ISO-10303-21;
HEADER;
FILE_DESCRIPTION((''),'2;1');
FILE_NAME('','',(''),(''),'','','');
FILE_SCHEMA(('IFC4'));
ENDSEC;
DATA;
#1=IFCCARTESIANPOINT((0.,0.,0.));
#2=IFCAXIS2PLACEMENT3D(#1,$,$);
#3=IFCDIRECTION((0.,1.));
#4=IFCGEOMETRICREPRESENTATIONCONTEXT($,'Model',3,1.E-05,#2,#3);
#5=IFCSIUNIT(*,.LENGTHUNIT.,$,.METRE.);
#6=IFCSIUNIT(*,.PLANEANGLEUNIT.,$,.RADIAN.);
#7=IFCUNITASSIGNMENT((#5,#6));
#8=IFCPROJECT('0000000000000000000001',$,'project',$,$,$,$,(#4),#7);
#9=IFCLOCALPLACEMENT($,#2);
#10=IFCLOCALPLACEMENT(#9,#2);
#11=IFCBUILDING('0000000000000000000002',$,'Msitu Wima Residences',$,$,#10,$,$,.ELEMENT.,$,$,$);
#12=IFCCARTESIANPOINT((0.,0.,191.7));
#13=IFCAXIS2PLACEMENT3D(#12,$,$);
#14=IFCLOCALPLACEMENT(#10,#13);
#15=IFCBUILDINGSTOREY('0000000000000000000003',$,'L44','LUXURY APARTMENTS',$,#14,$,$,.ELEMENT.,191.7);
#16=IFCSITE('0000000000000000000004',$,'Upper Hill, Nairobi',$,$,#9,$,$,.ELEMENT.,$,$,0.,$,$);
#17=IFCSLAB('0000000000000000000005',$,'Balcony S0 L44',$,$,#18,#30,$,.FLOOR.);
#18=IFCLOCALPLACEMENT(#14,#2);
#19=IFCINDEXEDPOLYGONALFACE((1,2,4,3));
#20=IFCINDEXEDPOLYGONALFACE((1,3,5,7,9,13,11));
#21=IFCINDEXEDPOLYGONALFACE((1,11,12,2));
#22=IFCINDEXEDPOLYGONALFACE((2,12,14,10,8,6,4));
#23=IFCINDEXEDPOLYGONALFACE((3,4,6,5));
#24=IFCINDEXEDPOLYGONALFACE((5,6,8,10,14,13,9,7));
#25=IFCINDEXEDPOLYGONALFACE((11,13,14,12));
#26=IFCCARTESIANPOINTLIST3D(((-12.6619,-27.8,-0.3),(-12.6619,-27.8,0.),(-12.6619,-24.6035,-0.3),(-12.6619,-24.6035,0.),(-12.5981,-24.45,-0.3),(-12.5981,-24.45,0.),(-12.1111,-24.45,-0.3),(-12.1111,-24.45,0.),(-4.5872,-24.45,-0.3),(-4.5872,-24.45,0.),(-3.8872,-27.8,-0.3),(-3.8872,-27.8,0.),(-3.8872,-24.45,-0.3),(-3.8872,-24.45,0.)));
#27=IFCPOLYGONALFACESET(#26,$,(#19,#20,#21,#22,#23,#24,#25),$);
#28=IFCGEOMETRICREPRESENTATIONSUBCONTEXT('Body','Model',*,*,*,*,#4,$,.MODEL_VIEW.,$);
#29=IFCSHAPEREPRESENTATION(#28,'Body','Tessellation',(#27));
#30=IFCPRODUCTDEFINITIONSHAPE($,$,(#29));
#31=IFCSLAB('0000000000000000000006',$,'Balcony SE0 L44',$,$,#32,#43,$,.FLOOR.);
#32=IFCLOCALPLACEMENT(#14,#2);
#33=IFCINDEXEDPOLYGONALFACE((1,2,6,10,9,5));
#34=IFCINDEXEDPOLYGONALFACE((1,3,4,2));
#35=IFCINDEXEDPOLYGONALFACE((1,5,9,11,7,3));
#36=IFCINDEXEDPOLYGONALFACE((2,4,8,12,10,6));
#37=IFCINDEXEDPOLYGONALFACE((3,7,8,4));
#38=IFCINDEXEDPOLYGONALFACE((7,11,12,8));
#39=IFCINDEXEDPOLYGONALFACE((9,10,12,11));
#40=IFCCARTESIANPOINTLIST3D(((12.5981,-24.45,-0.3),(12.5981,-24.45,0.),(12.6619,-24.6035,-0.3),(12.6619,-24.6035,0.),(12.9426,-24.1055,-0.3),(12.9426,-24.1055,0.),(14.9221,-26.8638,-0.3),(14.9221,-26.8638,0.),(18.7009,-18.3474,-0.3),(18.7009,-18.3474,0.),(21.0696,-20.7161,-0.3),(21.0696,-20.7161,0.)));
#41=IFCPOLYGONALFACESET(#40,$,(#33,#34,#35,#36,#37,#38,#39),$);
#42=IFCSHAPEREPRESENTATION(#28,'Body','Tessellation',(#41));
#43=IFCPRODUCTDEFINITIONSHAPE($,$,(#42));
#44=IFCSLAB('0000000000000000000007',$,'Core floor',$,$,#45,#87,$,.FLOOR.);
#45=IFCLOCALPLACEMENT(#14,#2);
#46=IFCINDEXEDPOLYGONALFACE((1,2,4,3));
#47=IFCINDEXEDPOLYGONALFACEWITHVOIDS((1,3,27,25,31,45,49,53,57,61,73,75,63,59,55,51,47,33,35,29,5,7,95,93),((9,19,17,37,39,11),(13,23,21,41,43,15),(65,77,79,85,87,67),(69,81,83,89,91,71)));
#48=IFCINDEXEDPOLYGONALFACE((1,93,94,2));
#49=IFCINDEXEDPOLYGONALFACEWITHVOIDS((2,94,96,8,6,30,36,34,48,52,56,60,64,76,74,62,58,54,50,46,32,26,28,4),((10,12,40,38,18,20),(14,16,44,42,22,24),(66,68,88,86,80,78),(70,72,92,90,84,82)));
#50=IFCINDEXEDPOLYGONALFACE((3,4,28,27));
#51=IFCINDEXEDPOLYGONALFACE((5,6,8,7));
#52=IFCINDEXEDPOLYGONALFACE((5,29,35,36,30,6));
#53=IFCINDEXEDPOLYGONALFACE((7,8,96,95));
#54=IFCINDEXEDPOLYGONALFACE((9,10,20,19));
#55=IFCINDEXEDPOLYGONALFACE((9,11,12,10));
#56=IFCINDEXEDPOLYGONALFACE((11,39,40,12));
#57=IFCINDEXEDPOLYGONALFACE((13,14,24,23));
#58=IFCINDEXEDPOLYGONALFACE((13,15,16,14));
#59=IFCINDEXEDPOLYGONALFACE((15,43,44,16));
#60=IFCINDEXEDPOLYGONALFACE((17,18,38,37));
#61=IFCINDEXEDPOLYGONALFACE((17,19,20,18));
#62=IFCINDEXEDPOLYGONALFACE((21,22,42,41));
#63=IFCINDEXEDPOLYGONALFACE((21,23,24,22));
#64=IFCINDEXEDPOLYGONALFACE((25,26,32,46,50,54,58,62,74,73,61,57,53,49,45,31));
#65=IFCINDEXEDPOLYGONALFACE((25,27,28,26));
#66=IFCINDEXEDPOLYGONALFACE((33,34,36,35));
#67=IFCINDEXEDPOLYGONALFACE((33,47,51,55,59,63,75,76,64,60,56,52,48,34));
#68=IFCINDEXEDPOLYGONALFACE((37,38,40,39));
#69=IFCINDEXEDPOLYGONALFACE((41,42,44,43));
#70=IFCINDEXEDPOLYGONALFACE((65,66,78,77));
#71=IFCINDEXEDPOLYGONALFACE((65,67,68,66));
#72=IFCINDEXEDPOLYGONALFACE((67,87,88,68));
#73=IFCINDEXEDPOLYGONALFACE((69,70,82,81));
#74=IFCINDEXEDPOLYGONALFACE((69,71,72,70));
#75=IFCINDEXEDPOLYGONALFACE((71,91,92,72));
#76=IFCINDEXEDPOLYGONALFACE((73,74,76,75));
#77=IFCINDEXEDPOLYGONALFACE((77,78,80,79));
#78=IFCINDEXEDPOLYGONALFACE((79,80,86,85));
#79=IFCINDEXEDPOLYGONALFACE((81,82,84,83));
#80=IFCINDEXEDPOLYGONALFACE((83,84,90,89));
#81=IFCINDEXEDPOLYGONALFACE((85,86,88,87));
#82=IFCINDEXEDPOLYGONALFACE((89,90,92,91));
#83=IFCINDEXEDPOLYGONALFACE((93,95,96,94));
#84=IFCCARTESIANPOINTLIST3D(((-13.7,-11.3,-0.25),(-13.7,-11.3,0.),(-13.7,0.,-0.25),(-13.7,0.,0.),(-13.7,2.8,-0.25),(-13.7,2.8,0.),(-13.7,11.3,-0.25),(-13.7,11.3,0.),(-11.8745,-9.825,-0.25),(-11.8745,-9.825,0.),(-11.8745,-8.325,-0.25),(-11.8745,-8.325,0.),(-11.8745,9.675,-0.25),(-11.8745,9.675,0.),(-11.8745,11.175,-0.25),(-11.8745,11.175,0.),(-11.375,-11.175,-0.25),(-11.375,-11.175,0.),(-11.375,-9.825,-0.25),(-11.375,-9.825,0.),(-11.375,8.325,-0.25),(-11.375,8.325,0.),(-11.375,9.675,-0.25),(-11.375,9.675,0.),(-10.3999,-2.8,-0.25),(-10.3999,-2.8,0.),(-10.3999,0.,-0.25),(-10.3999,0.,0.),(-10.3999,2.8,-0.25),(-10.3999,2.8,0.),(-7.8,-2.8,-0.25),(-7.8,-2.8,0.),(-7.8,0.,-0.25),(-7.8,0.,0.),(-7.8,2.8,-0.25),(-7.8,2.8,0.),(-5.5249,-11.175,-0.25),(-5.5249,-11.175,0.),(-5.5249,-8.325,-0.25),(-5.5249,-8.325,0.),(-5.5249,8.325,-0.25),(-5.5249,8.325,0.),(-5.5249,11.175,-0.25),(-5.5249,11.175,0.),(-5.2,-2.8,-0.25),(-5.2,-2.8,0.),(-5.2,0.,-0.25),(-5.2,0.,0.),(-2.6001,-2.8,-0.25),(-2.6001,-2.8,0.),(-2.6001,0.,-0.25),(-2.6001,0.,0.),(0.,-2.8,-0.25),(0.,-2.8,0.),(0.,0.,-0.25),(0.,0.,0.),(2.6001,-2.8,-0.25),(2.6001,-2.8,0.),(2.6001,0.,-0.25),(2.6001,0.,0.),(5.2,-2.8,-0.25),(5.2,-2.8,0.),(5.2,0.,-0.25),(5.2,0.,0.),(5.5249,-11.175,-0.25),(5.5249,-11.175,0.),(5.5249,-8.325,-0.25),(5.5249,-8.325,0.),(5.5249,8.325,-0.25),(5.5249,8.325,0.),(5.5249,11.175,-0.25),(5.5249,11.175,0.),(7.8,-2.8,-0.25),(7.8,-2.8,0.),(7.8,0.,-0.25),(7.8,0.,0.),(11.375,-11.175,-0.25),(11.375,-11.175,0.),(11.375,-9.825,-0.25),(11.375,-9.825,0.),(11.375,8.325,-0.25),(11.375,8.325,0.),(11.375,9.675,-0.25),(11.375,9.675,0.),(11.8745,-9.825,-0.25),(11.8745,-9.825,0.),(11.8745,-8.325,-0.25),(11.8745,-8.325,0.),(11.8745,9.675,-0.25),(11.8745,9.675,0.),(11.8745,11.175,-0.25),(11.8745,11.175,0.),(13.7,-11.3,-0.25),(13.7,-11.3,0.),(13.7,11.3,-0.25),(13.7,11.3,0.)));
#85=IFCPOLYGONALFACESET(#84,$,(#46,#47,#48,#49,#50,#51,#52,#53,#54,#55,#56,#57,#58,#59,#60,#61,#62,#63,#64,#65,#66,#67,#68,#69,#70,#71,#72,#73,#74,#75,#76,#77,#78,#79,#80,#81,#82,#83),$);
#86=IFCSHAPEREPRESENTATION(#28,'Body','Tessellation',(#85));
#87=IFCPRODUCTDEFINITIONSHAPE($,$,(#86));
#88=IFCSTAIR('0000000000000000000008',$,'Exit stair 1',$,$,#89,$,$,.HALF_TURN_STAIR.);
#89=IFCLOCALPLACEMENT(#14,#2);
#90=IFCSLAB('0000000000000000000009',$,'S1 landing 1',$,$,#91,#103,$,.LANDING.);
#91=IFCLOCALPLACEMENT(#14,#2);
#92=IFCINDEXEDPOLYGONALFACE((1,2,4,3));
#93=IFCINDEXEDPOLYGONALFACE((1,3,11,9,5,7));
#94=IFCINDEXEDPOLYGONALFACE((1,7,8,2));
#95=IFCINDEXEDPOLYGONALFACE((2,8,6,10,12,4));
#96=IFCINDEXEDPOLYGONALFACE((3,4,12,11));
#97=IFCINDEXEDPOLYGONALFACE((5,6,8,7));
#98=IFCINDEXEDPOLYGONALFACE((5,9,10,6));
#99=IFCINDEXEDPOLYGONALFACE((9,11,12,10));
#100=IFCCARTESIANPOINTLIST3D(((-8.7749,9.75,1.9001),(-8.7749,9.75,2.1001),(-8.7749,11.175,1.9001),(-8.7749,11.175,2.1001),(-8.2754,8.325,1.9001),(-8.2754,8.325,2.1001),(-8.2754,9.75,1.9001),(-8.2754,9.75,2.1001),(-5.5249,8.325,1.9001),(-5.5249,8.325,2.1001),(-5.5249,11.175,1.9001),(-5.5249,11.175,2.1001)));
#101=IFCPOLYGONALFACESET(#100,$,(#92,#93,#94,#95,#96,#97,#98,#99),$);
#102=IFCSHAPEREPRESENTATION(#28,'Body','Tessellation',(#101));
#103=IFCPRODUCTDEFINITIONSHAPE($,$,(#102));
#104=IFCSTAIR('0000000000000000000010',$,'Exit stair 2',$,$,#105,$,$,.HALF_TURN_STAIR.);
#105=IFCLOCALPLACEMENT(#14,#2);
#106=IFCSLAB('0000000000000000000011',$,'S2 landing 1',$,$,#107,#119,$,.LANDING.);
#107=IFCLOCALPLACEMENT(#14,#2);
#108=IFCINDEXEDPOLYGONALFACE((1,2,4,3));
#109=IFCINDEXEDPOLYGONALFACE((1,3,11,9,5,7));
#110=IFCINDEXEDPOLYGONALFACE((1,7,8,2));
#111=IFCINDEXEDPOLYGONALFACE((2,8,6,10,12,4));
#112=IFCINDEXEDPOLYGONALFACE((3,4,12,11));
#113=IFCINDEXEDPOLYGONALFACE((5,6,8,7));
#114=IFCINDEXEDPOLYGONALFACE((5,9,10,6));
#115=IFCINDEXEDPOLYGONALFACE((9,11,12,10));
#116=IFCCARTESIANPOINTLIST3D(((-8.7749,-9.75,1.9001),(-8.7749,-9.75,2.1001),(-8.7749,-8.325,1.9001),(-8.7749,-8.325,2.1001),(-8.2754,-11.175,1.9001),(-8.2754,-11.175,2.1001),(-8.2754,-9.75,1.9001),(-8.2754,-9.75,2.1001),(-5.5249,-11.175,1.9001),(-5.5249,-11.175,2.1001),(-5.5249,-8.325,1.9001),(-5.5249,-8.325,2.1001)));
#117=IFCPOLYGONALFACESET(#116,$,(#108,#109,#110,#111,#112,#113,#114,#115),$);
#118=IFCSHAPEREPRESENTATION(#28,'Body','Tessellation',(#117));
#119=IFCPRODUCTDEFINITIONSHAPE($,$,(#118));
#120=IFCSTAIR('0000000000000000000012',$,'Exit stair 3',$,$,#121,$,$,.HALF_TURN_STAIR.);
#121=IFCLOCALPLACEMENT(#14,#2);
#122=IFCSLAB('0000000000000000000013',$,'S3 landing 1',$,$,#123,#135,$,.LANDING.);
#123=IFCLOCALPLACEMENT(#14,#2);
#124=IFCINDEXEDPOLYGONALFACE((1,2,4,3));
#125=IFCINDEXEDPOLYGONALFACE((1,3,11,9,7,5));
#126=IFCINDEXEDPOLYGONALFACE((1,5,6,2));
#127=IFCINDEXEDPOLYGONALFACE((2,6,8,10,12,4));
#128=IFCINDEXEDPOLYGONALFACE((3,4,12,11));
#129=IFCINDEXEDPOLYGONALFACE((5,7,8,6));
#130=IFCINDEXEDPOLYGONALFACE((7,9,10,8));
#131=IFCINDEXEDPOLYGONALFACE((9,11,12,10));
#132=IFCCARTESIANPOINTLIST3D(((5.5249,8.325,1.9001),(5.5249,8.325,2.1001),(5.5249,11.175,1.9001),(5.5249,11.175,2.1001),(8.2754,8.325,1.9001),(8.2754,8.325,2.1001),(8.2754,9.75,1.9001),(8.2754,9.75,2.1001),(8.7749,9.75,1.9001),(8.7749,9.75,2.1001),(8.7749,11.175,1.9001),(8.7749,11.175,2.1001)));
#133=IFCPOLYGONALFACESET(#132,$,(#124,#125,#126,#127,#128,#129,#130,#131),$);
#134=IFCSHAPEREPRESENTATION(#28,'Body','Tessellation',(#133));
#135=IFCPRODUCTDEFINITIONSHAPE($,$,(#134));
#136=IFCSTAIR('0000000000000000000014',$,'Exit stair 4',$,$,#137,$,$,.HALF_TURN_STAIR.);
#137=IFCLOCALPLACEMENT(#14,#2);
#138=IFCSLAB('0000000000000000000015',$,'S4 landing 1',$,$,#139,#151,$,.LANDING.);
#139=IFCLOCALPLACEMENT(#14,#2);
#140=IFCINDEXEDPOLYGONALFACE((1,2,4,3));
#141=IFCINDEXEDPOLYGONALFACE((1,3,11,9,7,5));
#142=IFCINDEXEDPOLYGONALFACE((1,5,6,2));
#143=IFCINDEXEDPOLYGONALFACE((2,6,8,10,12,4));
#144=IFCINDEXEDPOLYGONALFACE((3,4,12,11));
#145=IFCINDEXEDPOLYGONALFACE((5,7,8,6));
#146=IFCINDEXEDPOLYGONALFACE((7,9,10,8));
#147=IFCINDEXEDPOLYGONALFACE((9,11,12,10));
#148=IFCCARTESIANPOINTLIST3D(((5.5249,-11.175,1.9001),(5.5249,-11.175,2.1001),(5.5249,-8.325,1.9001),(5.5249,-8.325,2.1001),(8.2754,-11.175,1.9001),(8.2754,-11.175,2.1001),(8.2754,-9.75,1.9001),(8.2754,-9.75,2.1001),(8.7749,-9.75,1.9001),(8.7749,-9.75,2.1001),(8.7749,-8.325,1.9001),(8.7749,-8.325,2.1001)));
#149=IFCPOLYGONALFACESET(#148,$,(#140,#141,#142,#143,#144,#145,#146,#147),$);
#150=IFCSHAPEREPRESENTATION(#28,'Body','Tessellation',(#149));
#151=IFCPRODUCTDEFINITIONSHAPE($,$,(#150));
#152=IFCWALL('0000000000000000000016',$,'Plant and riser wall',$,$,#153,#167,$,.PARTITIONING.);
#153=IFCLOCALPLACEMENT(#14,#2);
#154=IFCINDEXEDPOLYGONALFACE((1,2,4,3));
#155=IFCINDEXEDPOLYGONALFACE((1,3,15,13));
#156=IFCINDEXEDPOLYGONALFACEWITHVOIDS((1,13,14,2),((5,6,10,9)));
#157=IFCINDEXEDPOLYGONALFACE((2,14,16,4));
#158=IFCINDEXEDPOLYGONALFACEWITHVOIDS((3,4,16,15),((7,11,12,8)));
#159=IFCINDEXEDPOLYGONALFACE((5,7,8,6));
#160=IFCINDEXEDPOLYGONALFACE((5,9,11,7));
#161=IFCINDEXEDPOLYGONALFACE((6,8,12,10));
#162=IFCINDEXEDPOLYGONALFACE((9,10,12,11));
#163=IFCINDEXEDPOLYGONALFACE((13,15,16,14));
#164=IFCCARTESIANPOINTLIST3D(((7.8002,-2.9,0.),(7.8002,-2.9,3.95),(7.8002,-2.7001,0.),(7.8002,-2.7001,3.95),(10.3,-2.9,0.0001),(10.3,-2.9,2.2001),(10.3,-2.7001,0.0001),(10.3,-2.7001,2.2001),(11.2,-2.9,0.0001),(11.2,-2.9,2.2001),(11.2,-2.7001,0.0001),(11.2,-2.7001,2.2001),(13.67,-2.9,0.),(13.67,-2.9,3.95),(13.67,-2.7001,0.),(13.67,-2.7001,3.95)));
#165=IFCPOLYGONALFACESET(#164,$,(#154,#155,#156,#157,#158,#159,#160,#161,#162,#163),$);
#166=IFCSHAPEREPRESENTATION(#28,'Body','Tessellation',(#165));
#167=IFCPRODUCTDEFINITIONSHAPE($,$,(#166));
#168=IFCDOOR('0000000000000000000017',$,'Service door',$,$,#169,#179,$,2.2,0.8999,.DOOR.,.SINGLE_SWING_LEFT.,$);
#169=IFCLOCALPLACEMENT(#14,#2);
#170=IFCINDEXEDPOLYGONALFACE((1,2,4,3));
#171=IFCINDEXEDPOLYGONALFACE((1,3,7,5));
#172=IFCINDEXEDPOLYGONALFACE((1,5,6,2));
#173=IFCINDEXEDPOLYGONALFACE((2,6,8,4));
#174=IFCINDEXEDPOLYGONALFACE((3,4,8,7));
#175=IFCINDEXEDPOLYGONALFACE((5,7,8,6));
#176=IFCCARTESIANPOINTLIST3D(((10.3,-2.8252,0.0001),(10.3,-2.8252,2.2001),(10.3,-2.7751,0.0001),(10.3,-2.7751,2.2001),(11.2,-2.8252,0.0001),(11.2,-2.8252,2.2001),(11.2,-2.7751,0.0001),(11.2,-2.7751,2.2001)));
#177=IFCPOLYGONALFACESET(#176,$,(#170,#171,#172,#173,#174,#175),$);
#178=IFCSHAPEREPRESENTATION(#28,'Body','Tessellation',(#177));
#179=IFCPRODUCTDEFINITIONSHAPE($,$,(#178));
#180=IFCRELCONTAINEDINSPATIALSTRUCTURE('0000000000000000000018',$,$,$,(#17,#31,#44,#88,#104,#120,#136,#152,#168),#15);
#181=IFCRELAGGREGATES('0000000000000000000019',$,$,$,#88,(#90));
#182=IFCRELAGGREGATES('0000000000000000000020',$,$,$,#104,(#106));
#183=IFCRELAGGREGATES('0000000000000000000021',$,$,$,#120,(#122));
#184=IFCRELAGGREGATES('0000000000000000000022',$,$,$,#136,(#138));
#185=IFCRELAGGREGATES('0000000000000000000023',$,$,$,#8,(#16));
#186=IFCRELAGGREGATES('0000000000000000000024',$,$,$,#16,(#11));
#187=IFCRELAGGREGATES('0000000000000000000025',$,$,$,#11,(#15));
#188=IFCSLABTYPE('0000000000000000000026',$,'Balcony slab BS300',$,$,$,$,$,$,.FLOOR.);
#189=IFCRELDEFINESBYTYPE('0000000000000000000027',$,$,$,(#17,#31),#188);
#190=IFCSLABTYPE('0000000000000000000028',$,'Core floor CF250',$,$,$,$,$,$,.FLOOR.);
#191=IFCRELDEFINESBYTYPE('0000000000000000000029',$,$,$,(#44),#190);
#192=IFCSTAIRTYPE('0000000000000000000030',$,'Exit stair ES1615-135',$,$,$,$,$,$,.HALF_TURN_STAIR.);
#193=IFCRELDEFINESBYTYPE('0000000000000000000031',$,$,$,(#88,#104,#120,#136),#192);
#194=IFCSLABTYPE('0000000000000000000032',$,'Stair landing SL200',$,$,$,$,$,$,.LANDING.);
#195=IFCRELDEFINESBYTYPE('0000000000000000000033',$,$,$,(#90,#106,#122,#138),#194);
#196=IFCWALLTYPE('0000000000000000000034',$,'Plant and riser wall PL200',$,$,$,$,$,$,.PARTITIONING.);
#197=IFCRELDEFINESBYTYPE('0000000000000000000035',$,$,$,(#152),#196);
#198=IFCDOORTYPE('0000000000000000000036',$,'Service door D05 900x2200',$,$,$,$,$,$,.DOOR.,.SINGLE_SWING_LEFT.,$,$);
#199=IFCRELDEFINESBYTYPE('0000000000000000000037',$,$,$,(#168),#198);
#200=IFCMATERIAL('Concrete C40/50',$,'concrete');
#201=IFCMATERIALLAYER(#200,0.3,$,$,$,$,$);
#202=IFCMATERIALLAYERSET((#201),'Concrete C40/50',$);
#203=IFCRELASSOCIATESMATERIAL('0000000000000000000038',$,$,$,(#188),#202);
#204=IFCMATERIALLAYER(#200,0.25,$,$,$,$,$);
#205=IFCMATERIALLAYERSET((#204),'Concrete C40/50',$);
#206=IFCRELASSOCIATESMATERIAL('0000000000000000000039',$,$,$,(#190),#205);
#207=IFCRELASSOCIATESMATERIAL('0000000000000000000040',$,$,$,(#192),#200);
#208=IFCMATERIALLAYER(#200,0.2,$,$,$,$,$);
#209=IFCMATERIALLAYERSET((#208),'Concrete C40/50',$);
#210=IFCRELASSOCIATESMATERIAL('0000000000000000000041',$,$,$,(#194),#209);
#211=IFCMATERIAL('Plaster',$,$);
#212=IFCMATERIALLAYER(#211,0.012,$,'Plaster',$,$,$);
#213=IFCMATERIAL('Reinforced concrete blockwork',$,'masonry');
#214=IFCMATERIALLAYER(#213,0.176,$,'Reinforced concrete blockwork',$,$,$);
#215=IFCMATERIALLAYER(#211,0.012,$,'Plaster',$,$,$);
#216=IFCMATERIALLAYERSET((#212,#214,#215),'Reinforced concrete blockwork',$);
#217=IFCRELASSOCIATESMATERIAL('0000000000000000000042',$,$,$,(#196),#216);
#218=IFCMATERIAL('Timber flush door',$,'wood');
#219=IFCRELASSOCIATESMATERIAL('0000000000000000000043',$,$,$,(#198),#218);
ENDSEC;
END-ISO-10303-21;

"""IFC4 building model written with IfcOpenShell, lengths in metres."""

from ifc_helpers import new_model, si_unit, direction, frame, frame_2d, origin, place, context, subcontext, project, spatial, polyline, rectangle, outline, extrude, material, layer, layer_set, type_object, element, fill, aggregate, save


model = new_model("IFC4")

# Units and contexts
model_context = context("Model", 3, precision=1e-05, world=origin(), true_north=direction((0.0, 1.0)))
body_context = subcontext(model_context, "Body", "Model", "MODEL_VIEW")
ifc_project = project(units=[si_unit("LENGTHUNIT", "METRE"), si_unit("PLANEANGLEUNIT", "RADIAN")], contexts=[model_context])

# Site, building, storey
site_placement = place(None, origin())
site = spatial("IfcSite", under=ifc_project, at=site_placement, Name="Upper Hill, Nairobi", CompositionType="ELEMENT", RefElevation=0.0)
building_placement = place(site_placement, origin())
building = spatial("IfcBuilding", under=site, at=building_placement, Name="Msitu Wima Residences", CompositionType="ELEMENT")
storey_placement = place(building_placement, frame((0.0, 0.0, 191.7)))
storey = spatial("IfcBuildingStorey", under=building, at=storey_placement, Name="L44", Description="LUXURY APARTMENTS", CompositionType="ELEMENT", Elevation=191.7)

# Slabs
ifc_material_1 = material(Name="Concrete C40/50", Category="concrete")
ifc_layer_1 = layer(ifc_material_1, 0.3)
ifc_layer_set_1 = layer_set([ifc_layer_1], Name="Concrete C40/50")
slab_type_1 = type_object("IfcSlabType", Name="Balcony slab BS300", PredefinedType="FLOOR", material=ifc_layer_set_1)
slab_1_placement = place(storey_placement, frame((0.0, 0.0, -0.3)))
element("IfcSlab", 1, at=slab_1_placement, inside=storey, type_object=slab_type_1, Name="Balcony S0 L44", PredefinedType="FLOOR", context=body_context, shape_type="SweptSolid", body=[
    extrude(outline(polyline([(-12.1111, -24.45), (-12.1111, -24.45), (-4.5872, -24.45), (-3.8872, -24.45), (-3.8872, -27.8), (-12.6619, -27.8), (-12.6619, -24.6035), (-12.5981, -24.45), (-12.1111, -24.45), (-12.1111, -24.45)])), origin(), (0.0, 0.0, 1.0), 0.3),
])
slab_2_placement = place(storey_placement, frame((0.0, 0.0, -0.3)))
element("IfcSlab", 2, at=slab_2_placement, inside=storey, type_object=slab_type_1, Name="Balcony SE0 L44", PredefinedType="FLOOR", context=body_context, shape_type="SweptSolid", body=[
    extrude(outline(polyline([(12.9426, -24.1055), (12.9426, -24.1055), (18.7009, -18.3474), (21.0696, -20.7161), (14.9221, -26.8638), (12.6619, -24.6035), (12.5981, -24.45), (12.9426, -24.1055), (12.9426, -24.1055)])), origin(), (0.0, 0.0, 1.0), 0.3),
])
ifc_layer_2 = layer(ifc_material_1, 0.25)
ifc_layer_set_2 = layer_set([ifc_layer_2], Name="Concrete C40/50")
slab_type_2 = type_object("IfcSlabType", Name="Core floor CF250", PredefinedType="FLOOR", material=ifc_layer_set_2)
slab_3_placement = place(storey_placement, frame((0.0, 0.0, -0.25)))
element("IfcSlab", 3, at=slab_3_placement, inside=storey, type_object=slab_type_2, Name="Core floor", PredefinedType="FLOOR", context=body_context, shape_type="SweptSolid", body=[
    extrude(outline(polyline([(-13.7, 11.3), (-13.7, 2.8), (-10.3999, 2.8), (-7.8, 2.8), (-7.8, 0.0), (-5.2, 0.0), (-2.6001, 0.0), (0.0, 0.0), (2.6001, 0.0), (5.2, 0.0), (7.8, 0.0), (7.8, -2.8), (5.2, -2.8), (2.6001, -2.8), (0.0, -2.8), (-2.6001, -2.8), (-5.2, -2.8), (-7.8, -2.8), (-10.3999, -2.8), (-10.3999, 0.0), (-13.7, 0.0), (-13.7, -11.3), (13.7, -11.3), (13.7, 11.3), (-13.7, 11.3)]), holes=[polyline([(-11.375, -11.175), (-11.375, -9.825), (-11.8745, -9.825), (-11.8745, -8.325), (-5.5249, -8.325), (-5.5249, -11.175), (-11.375, -11.175)]), polyline([(-11.375, 8.325), (-11.375, 9.675), (-11.8745, 9.675), (-11.8745, 11.175), (-5.5249, 11.175), (-5.5249, 8.325), (-11.375, 8.325)]), polyline([(11.375, -9.825), (11.375, -11.175), (5.5249, -11.175), (5.5249, -8.325), (11.8745, -8.325), (11.8745, -9.825), (11.375, -9.825)]), polyline([(11.375, 9.675), (11.375, 8.325), (5.5249, 8.325), (5.5249, 11.175), (11.8745, 11.175), (11.8745, 9.675), (11.375, 9.675)])]), origin(), (0.0, 0.0, 1.0), 0.25),
])

# Stairs, slabs
stair_type = type_object("IfcStairType", Name="Exit stair ES1615-135", PredefinedType="HALF_TURN_STAIR", material=ifc_material_1)
stair_1_placement = place(storey_placement, origin())
stair_1 = element("IfcStair", 4, at=stair_1_placement, inside=storey, type_object=stair_type, Name="Exit stair 1", PredefinedType="HALF_TURN_STAIR")
ifc_layer_3 = layer(ifc_material_1, 0.2)
ifc_layer_set_3 = layer_set([ifc_layer_3], Name="Concrete C40/50")
slab_type_3 = type_object("IfcSlabType", Name="Stair landing SL200", PredefinedType="LANDING", material=ifc_layer_set_3)
slab_4_placement = place(storey_placement, frame((0.0, 0.0, 1.9001)))
slab_4 = element("IfcSlab", 5, at=slab_4_placement, type_object=slab_type_3, Name="S1 landing 1", PredefinedType="LANDING", context=body_context, shape_type="SweptSolid", body=[
    extrude(outline(polyline([(-5.5249, 8.325), (-8.2754, 8.325), (-8.2754, 9.75), (-8.7749, 9.75), (-8.7749, 11.175), (-5.5249, 11.175), (-5.5249, 8.325)])), origin(), (0.0, 0.0, 1.0), 0.2),
])
aggregate(stair_1, [slab_4])
stair_2_placement = place(storey_placement, origin())
stair_2 = element("IfcStair", 6, at=stair_2_placement, inside=storey, type_object=stair_type, Name="Exit stair 2", PredefinedType="HALF_TURN_STAIR")
slab_5_placement = place(storey_placement, frame((0.0, 0.0, 1.9001)))
slab_5 = element("IfcSlab", 7, at=slab_5_placement, type_object=slab_type_3, Name="S2 landing 1", PredefinedType="LANDING", context=body_context, shape_type="SweptSolid", body=[
    extrude(outline(polyline([(-5.5249, -11.175), (-8.2754, -11.175), (-8.2754, -9.75), (-8.7749, -9.75), (-8.7749, -8.325), (-5.5249, -8.325), (-5.5249, -11.175)])), origin(), (0.0, 0.0, 1.0), 0.2),
])
aggregate(stair_2, [slab_5])
stair_3_placement = place(storey_placement, origin())
stair_3 = element("IfcStair", 8, at=stair_3_placement, inside=storey, type_object=stair_type, Name="Exit stair 3", PredefinedType="HALF_TURN_STAIR")
slab_6_placement = place(storey_placement, frame((0.0, 0.0, 1.9001)))
slab_6 = element("IfcSlab", 9, at=slab_6_placement, type_object=slab_type_3, Name="S3 landing 1", PredefinedType="LANDING", context=body_context, shape_type="SweptSolid", body=[
    extrude(outline(polyline([(5.5249, 8.325), (8.2754, 8.325), (8.2754, 9.75), (8.7749, 9.75), (8.7749, 11.175), (5.5249, 11.175), (5.5249, 8.325)])), origin(), (0.0, 0.0, 1.0), 0.2),
])
aggregate(stair_3, [slab_6])
stair_4_placement = place(storey_placement, origin())
stair_4 = element("IfcStair", 10, at=stair_4_placement, inside=storey, type_object=stair_type, Name="Exit stair 4", PredefinedType="HALF_TURN_STAIR")
slab_7_placement = place(storey_placement, frame((0.0, 0.0, 1.9001)))
slab_7 = element("IfcSlab", 11, at=slab_7_placement, type_object=slab_type_3, Name="S4 landing 1", PredefinedType="LANDING", context=body_context, shape_type="SweptSolid", body=[
    extrude(outline(polyline([(5.5249, -11.175), (8.2754, -11.175), (8.2754, -9.75), (8.7749, -9.75), (8.7749, -8.325), (5.5249, -8.325), (5.5249, -11.175)])), origin(), (0.0, 0.0, 1.0), 0.2),
])

# Wall, opening, door
ifc_material_2 = material(Name="Plaster")
ifc_layer_4 = layer(ifc_material_2, 0.012, Name="Plaster")
ifc_material_3 = material(Name="Reinforced concrete blockwork", Category="masonry")
ifc_layer_5 = layer(ifc_material_3, 0.176, Name="Reinforced concrete blockwork")
ifc_layer_6 = layer(ifc_material_2, 0.012, Name="Plaster")
ifc_layer_set_4 = layer_set([ifc_layer_4, ifc_layer_5, ifc_layer_6], Name="Reinforced concrete blockwork")
wall_type_1 = type_object("IfcWallType", Name="Plant and riser wall PL200", PredefinedType="PARTITIONING", material=ifc_layer_set_4)
wall_1_placement = place(storey_placement, frame((7.8, -2.8, 0.0), z_axis=(0.0, 0.0, 1.0), x_axis=(1.0, 0.0, 0.0)))
wall_1 = element("IfcWall", 12, at=wall_1_placement, inside=storey, type_object=wall_type_1, Name="Plant and riser wall", PredefinedType="PARTITIONING", context=body_context, shape_type="SweptSolid", body=[
    extrude(rectangle(XDim=5.8699, YDim=0.2, at=frame_2d((2.9351, 0.0))), origin(), (0.0, 0.0, 1.0), 3.95),
])
opening_placement = place(wall_1_placement, frame((2.5, 0.0, 0.0)))
opening = element("IfcOpeningElement", 13, at=opening_placement, cuts=wall_1, PredefinedType="OPENING", context=body_context, shape_type="SweptSolid", body=[
    extrude(rectangle(XDim=0.8999, YDim=2.2, at=frame_2d((0.45, 1.1001))), frame((0.0, 0.1099, 0.0), z_axis=(0.0, -1.0, 0.0), x_axis=(1.0, 0.0, 0.0)), (0.0, 0.0, 1.0), 0.22),
])
ifc_material_4 = material(Name="Timber flush door", Category="wood")
door_type = type_object("IfcDoorType", Name="Service door D05 900x2200", OperationType="SINGLE_SWING_LEFT", PredefinedType="DOOR", material=ifc_material_4)
door_placement = place(opening_placement, origin())
door = element("IfcDoor", 14, at=door_placement, inside=storey, type_object=door_type, Name="Service door", OperationType="SINGLE_SWING_LEFT", OverallHeight=2.2, OverallWidth=0.8999, PredefinedType="DOOR", context=body_context, shape_type="SweptSolid", body=[
    extrude(rectangle(XDim=0.8999, YDim=2.2, at=frame_2d((0.45, 1.1001))), frame((0.0, 0.0249, 0.0), z_axis=(0.0, -1.0, 0.0), x_axis=(1.0, 0.0, 0.0)), (0.0, 0.0, 1.0), 0.05),
])
fill(opening, door)

aggregate(stair_4, [slab_7])

save(model, "model.ifc")
